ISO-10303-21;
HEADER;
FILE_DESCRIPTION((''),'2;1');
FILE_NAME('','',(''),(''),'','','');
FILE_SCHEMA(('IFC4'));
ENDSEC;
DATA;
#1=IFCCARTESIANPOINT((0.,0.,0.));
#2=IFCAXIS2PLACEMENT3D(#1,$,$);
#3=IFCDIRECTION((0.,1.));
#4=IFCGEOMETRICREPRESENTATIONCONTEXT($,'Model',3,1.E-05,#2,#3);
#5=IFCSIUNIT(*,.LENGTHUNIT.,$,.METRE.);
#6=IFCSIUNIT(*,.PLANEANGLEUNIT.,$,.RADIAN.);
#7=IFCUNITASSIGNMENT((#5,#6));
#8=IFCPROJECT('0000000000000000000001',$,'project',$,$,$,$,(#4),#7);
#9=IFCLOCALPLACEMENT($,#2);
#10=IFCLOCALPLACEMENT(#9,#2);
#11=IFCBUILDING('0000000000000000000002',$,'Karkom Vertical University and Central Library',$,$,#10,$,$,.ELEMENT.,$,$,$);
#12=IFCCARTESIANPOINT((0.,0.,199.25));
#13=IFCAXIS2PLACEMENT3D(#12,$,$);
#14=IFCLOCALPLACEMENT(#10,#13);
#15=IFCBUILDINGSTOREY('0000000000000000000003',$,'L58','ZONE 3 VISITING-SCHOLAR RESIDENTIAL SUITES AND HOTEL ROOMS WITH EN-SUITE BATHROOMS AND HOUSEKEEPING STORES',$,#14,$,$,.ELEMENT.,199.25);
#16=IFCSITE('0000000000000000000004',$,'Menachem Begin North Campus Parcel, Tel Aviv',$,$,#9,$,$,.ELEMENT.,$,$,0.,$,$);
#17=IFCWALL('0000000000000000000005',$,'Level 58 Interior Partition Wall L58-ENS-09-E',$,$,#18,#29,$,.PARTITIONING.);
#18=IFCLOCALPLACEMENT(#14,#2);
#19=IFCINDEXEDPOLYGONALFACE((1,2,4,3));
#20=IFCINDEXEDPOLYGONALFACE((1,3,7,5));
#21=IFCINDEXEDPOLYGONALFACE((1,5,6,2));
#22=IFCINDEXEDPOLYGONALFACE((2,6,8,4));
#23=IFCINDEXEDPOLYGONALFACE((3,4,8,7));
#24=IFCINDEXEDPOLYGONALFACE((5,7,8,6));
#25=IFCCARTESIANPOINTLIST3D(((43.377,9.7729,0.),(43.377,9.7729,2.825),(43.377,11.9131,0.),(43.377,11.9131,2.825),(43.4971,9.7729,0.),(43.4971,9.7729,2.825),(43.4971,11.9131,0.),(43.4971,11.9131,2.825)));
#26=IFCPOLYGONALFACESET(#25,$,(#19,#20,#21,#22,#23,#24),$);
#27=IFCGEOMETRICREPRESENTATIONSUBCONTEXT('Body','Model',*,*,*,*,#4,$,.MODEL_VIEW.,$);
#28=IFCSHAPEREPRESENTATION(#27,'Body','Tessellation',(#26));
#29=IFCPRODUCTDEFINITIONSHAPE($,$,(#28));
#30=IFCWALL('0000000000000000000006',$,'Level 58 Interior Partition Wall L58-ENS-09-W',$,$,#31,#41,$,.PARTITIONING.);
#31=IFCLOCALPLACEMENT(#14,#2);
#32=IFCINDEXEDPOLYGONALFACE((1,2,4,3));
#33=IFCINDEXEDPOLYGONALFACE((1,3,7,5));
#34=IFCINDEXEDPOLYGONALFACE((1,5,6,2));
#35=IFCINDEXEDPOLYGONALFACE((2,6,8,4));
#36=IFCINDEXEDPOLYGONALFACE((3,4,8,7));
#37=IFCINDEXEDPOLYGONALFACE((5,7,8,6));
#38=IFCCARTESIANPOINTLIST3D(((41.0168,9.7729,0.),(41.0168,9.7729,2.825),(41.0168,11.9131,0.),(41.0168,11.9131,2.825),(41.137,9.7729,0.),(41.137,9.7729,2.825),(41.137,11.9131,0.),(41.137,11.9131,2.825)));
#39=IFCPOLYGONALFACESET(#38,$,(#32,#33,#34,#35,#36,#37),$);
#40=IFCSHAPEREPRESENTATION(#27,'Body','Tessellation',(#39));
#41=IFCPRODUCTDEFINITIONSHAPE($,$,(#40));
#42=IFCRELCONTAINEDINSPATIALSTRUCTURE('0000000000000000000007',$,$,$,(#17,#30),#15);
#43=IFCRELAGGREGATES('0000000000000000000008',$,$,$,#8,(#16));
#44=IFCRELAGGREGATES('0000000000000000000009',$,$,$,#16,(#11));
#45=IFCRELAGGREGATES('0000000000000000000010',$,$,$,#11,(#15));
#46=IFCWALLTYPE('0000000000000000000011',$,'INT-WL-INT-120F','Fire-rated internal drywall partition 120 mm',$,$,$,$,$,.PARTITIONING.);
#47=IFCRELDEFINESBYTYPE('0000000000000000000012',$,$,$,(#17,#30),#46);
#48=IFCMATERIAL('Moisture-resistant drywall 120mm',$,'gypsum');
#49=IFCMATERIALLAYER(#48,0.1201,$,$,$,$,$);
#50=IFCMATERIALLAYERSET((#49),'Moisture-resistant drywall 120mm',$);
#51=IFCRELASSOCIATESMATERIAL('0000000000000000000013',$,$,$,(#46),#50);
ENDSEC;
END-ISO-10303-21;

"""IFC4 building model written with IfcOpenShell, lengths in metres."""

from ifc_helpers import new_model, si_unit, direction, frame, frame_2d, origin, place, context, subcontext, project, spatial, rectangle, extrude, material, layer, layer_set, type_object, element, save


model = new_model("IFC4")

# Units and contexts
model_context = context("Model", 3, precision=1e-05, world=origin(), true_north=direction((0.0, 1.0)))
body_context = subcontext(model_context, "Body", "Model", "MODEL_VIEW")
ifc_project = project(units=[si_unit("LENGTHUNIT", "METRE"), si_unit("PLANEANGLEUNIT", "RADIAN")], contexts=[model_context])

# Site, building, storey
site_placement = place(None, origin())
site = spatial("IfcSite", under=ifc_project, at=site_placement, Name="Menachem Begin North Campus Parcel, Tel Aviv", CompositionType="ELEMENT", RefElevation=0.0)
building_placement = place(site_placement, origin())
building = spatial("IfcBuilding", under=site, at=building_placement, Name="Karkom Vertical University and Central Library", CompositionType="ELEMENT")
storey_placement = place(building_placement, frame((0.0, 0.0, 199.25)))
storey = spatial("IfcBuildingStorey", under=building, at=storey_placement, Name="L58", Description="ZONE 3 VISITING-SCHOLAR RESIDENTIAL SUITES AND HOTEL ROOMS WITH EN-SUITE BATHROOMS AND HOUSEKEEPING STORES", CompositionType="ELEMENT", Elevation=199.25)

# Shared definitions
ifc_material_1 = material(Name="Moisture-resistant drywall 120mm", Category="gypsum")
ifc_layer_1 = layer(ifc_material_1, 0.1201)
ifc_layer_set_1 = layer_set([ifc_layer_1], Name="Moisture-resistant drywall 120mm")
wall_type_1 = type_object("IfcWallType", Name="INT-WL-INT-120F", Description="Fire-rated internal drywall partition 120 mm", PredefinedType="PARTITIONING", material=ifc_layer_set_1)

# Walls
for number, where, z_axis, x_axis, name in (
    (1, (43.437, 9.7729, 0.0), (0.0, 0.0, 1.0), (0.0, 1.0, 0.0), "Level 58 Interior Partition Wall L58-ENS-09-E"),
    (2, (41.0769, 11.9131, 0.0), (0.0, 0.0, 1.0), (0.0, -1.0, 0.0), "Level 58 Interior Partition Wall L58-ENS-09-W"),
):
    element("IfcWall", number, at=place(storey_placement, frame(where, z_axis=z_axis, x_axis=x_axis)), inside=storey, type_object=wall_type_1, Name=name, PredefinedType="PARTITIONING", context=body_context, shape_type="SweptSolid", body=[
        extrude(rectangle(XDim=2.1401, YDim=0.1201, at=frame_2d((1.0701, 0.0))), origin(), (0.0, 0.0, 1.0), 2.825),
    ])

save(model, "model.ifc")
